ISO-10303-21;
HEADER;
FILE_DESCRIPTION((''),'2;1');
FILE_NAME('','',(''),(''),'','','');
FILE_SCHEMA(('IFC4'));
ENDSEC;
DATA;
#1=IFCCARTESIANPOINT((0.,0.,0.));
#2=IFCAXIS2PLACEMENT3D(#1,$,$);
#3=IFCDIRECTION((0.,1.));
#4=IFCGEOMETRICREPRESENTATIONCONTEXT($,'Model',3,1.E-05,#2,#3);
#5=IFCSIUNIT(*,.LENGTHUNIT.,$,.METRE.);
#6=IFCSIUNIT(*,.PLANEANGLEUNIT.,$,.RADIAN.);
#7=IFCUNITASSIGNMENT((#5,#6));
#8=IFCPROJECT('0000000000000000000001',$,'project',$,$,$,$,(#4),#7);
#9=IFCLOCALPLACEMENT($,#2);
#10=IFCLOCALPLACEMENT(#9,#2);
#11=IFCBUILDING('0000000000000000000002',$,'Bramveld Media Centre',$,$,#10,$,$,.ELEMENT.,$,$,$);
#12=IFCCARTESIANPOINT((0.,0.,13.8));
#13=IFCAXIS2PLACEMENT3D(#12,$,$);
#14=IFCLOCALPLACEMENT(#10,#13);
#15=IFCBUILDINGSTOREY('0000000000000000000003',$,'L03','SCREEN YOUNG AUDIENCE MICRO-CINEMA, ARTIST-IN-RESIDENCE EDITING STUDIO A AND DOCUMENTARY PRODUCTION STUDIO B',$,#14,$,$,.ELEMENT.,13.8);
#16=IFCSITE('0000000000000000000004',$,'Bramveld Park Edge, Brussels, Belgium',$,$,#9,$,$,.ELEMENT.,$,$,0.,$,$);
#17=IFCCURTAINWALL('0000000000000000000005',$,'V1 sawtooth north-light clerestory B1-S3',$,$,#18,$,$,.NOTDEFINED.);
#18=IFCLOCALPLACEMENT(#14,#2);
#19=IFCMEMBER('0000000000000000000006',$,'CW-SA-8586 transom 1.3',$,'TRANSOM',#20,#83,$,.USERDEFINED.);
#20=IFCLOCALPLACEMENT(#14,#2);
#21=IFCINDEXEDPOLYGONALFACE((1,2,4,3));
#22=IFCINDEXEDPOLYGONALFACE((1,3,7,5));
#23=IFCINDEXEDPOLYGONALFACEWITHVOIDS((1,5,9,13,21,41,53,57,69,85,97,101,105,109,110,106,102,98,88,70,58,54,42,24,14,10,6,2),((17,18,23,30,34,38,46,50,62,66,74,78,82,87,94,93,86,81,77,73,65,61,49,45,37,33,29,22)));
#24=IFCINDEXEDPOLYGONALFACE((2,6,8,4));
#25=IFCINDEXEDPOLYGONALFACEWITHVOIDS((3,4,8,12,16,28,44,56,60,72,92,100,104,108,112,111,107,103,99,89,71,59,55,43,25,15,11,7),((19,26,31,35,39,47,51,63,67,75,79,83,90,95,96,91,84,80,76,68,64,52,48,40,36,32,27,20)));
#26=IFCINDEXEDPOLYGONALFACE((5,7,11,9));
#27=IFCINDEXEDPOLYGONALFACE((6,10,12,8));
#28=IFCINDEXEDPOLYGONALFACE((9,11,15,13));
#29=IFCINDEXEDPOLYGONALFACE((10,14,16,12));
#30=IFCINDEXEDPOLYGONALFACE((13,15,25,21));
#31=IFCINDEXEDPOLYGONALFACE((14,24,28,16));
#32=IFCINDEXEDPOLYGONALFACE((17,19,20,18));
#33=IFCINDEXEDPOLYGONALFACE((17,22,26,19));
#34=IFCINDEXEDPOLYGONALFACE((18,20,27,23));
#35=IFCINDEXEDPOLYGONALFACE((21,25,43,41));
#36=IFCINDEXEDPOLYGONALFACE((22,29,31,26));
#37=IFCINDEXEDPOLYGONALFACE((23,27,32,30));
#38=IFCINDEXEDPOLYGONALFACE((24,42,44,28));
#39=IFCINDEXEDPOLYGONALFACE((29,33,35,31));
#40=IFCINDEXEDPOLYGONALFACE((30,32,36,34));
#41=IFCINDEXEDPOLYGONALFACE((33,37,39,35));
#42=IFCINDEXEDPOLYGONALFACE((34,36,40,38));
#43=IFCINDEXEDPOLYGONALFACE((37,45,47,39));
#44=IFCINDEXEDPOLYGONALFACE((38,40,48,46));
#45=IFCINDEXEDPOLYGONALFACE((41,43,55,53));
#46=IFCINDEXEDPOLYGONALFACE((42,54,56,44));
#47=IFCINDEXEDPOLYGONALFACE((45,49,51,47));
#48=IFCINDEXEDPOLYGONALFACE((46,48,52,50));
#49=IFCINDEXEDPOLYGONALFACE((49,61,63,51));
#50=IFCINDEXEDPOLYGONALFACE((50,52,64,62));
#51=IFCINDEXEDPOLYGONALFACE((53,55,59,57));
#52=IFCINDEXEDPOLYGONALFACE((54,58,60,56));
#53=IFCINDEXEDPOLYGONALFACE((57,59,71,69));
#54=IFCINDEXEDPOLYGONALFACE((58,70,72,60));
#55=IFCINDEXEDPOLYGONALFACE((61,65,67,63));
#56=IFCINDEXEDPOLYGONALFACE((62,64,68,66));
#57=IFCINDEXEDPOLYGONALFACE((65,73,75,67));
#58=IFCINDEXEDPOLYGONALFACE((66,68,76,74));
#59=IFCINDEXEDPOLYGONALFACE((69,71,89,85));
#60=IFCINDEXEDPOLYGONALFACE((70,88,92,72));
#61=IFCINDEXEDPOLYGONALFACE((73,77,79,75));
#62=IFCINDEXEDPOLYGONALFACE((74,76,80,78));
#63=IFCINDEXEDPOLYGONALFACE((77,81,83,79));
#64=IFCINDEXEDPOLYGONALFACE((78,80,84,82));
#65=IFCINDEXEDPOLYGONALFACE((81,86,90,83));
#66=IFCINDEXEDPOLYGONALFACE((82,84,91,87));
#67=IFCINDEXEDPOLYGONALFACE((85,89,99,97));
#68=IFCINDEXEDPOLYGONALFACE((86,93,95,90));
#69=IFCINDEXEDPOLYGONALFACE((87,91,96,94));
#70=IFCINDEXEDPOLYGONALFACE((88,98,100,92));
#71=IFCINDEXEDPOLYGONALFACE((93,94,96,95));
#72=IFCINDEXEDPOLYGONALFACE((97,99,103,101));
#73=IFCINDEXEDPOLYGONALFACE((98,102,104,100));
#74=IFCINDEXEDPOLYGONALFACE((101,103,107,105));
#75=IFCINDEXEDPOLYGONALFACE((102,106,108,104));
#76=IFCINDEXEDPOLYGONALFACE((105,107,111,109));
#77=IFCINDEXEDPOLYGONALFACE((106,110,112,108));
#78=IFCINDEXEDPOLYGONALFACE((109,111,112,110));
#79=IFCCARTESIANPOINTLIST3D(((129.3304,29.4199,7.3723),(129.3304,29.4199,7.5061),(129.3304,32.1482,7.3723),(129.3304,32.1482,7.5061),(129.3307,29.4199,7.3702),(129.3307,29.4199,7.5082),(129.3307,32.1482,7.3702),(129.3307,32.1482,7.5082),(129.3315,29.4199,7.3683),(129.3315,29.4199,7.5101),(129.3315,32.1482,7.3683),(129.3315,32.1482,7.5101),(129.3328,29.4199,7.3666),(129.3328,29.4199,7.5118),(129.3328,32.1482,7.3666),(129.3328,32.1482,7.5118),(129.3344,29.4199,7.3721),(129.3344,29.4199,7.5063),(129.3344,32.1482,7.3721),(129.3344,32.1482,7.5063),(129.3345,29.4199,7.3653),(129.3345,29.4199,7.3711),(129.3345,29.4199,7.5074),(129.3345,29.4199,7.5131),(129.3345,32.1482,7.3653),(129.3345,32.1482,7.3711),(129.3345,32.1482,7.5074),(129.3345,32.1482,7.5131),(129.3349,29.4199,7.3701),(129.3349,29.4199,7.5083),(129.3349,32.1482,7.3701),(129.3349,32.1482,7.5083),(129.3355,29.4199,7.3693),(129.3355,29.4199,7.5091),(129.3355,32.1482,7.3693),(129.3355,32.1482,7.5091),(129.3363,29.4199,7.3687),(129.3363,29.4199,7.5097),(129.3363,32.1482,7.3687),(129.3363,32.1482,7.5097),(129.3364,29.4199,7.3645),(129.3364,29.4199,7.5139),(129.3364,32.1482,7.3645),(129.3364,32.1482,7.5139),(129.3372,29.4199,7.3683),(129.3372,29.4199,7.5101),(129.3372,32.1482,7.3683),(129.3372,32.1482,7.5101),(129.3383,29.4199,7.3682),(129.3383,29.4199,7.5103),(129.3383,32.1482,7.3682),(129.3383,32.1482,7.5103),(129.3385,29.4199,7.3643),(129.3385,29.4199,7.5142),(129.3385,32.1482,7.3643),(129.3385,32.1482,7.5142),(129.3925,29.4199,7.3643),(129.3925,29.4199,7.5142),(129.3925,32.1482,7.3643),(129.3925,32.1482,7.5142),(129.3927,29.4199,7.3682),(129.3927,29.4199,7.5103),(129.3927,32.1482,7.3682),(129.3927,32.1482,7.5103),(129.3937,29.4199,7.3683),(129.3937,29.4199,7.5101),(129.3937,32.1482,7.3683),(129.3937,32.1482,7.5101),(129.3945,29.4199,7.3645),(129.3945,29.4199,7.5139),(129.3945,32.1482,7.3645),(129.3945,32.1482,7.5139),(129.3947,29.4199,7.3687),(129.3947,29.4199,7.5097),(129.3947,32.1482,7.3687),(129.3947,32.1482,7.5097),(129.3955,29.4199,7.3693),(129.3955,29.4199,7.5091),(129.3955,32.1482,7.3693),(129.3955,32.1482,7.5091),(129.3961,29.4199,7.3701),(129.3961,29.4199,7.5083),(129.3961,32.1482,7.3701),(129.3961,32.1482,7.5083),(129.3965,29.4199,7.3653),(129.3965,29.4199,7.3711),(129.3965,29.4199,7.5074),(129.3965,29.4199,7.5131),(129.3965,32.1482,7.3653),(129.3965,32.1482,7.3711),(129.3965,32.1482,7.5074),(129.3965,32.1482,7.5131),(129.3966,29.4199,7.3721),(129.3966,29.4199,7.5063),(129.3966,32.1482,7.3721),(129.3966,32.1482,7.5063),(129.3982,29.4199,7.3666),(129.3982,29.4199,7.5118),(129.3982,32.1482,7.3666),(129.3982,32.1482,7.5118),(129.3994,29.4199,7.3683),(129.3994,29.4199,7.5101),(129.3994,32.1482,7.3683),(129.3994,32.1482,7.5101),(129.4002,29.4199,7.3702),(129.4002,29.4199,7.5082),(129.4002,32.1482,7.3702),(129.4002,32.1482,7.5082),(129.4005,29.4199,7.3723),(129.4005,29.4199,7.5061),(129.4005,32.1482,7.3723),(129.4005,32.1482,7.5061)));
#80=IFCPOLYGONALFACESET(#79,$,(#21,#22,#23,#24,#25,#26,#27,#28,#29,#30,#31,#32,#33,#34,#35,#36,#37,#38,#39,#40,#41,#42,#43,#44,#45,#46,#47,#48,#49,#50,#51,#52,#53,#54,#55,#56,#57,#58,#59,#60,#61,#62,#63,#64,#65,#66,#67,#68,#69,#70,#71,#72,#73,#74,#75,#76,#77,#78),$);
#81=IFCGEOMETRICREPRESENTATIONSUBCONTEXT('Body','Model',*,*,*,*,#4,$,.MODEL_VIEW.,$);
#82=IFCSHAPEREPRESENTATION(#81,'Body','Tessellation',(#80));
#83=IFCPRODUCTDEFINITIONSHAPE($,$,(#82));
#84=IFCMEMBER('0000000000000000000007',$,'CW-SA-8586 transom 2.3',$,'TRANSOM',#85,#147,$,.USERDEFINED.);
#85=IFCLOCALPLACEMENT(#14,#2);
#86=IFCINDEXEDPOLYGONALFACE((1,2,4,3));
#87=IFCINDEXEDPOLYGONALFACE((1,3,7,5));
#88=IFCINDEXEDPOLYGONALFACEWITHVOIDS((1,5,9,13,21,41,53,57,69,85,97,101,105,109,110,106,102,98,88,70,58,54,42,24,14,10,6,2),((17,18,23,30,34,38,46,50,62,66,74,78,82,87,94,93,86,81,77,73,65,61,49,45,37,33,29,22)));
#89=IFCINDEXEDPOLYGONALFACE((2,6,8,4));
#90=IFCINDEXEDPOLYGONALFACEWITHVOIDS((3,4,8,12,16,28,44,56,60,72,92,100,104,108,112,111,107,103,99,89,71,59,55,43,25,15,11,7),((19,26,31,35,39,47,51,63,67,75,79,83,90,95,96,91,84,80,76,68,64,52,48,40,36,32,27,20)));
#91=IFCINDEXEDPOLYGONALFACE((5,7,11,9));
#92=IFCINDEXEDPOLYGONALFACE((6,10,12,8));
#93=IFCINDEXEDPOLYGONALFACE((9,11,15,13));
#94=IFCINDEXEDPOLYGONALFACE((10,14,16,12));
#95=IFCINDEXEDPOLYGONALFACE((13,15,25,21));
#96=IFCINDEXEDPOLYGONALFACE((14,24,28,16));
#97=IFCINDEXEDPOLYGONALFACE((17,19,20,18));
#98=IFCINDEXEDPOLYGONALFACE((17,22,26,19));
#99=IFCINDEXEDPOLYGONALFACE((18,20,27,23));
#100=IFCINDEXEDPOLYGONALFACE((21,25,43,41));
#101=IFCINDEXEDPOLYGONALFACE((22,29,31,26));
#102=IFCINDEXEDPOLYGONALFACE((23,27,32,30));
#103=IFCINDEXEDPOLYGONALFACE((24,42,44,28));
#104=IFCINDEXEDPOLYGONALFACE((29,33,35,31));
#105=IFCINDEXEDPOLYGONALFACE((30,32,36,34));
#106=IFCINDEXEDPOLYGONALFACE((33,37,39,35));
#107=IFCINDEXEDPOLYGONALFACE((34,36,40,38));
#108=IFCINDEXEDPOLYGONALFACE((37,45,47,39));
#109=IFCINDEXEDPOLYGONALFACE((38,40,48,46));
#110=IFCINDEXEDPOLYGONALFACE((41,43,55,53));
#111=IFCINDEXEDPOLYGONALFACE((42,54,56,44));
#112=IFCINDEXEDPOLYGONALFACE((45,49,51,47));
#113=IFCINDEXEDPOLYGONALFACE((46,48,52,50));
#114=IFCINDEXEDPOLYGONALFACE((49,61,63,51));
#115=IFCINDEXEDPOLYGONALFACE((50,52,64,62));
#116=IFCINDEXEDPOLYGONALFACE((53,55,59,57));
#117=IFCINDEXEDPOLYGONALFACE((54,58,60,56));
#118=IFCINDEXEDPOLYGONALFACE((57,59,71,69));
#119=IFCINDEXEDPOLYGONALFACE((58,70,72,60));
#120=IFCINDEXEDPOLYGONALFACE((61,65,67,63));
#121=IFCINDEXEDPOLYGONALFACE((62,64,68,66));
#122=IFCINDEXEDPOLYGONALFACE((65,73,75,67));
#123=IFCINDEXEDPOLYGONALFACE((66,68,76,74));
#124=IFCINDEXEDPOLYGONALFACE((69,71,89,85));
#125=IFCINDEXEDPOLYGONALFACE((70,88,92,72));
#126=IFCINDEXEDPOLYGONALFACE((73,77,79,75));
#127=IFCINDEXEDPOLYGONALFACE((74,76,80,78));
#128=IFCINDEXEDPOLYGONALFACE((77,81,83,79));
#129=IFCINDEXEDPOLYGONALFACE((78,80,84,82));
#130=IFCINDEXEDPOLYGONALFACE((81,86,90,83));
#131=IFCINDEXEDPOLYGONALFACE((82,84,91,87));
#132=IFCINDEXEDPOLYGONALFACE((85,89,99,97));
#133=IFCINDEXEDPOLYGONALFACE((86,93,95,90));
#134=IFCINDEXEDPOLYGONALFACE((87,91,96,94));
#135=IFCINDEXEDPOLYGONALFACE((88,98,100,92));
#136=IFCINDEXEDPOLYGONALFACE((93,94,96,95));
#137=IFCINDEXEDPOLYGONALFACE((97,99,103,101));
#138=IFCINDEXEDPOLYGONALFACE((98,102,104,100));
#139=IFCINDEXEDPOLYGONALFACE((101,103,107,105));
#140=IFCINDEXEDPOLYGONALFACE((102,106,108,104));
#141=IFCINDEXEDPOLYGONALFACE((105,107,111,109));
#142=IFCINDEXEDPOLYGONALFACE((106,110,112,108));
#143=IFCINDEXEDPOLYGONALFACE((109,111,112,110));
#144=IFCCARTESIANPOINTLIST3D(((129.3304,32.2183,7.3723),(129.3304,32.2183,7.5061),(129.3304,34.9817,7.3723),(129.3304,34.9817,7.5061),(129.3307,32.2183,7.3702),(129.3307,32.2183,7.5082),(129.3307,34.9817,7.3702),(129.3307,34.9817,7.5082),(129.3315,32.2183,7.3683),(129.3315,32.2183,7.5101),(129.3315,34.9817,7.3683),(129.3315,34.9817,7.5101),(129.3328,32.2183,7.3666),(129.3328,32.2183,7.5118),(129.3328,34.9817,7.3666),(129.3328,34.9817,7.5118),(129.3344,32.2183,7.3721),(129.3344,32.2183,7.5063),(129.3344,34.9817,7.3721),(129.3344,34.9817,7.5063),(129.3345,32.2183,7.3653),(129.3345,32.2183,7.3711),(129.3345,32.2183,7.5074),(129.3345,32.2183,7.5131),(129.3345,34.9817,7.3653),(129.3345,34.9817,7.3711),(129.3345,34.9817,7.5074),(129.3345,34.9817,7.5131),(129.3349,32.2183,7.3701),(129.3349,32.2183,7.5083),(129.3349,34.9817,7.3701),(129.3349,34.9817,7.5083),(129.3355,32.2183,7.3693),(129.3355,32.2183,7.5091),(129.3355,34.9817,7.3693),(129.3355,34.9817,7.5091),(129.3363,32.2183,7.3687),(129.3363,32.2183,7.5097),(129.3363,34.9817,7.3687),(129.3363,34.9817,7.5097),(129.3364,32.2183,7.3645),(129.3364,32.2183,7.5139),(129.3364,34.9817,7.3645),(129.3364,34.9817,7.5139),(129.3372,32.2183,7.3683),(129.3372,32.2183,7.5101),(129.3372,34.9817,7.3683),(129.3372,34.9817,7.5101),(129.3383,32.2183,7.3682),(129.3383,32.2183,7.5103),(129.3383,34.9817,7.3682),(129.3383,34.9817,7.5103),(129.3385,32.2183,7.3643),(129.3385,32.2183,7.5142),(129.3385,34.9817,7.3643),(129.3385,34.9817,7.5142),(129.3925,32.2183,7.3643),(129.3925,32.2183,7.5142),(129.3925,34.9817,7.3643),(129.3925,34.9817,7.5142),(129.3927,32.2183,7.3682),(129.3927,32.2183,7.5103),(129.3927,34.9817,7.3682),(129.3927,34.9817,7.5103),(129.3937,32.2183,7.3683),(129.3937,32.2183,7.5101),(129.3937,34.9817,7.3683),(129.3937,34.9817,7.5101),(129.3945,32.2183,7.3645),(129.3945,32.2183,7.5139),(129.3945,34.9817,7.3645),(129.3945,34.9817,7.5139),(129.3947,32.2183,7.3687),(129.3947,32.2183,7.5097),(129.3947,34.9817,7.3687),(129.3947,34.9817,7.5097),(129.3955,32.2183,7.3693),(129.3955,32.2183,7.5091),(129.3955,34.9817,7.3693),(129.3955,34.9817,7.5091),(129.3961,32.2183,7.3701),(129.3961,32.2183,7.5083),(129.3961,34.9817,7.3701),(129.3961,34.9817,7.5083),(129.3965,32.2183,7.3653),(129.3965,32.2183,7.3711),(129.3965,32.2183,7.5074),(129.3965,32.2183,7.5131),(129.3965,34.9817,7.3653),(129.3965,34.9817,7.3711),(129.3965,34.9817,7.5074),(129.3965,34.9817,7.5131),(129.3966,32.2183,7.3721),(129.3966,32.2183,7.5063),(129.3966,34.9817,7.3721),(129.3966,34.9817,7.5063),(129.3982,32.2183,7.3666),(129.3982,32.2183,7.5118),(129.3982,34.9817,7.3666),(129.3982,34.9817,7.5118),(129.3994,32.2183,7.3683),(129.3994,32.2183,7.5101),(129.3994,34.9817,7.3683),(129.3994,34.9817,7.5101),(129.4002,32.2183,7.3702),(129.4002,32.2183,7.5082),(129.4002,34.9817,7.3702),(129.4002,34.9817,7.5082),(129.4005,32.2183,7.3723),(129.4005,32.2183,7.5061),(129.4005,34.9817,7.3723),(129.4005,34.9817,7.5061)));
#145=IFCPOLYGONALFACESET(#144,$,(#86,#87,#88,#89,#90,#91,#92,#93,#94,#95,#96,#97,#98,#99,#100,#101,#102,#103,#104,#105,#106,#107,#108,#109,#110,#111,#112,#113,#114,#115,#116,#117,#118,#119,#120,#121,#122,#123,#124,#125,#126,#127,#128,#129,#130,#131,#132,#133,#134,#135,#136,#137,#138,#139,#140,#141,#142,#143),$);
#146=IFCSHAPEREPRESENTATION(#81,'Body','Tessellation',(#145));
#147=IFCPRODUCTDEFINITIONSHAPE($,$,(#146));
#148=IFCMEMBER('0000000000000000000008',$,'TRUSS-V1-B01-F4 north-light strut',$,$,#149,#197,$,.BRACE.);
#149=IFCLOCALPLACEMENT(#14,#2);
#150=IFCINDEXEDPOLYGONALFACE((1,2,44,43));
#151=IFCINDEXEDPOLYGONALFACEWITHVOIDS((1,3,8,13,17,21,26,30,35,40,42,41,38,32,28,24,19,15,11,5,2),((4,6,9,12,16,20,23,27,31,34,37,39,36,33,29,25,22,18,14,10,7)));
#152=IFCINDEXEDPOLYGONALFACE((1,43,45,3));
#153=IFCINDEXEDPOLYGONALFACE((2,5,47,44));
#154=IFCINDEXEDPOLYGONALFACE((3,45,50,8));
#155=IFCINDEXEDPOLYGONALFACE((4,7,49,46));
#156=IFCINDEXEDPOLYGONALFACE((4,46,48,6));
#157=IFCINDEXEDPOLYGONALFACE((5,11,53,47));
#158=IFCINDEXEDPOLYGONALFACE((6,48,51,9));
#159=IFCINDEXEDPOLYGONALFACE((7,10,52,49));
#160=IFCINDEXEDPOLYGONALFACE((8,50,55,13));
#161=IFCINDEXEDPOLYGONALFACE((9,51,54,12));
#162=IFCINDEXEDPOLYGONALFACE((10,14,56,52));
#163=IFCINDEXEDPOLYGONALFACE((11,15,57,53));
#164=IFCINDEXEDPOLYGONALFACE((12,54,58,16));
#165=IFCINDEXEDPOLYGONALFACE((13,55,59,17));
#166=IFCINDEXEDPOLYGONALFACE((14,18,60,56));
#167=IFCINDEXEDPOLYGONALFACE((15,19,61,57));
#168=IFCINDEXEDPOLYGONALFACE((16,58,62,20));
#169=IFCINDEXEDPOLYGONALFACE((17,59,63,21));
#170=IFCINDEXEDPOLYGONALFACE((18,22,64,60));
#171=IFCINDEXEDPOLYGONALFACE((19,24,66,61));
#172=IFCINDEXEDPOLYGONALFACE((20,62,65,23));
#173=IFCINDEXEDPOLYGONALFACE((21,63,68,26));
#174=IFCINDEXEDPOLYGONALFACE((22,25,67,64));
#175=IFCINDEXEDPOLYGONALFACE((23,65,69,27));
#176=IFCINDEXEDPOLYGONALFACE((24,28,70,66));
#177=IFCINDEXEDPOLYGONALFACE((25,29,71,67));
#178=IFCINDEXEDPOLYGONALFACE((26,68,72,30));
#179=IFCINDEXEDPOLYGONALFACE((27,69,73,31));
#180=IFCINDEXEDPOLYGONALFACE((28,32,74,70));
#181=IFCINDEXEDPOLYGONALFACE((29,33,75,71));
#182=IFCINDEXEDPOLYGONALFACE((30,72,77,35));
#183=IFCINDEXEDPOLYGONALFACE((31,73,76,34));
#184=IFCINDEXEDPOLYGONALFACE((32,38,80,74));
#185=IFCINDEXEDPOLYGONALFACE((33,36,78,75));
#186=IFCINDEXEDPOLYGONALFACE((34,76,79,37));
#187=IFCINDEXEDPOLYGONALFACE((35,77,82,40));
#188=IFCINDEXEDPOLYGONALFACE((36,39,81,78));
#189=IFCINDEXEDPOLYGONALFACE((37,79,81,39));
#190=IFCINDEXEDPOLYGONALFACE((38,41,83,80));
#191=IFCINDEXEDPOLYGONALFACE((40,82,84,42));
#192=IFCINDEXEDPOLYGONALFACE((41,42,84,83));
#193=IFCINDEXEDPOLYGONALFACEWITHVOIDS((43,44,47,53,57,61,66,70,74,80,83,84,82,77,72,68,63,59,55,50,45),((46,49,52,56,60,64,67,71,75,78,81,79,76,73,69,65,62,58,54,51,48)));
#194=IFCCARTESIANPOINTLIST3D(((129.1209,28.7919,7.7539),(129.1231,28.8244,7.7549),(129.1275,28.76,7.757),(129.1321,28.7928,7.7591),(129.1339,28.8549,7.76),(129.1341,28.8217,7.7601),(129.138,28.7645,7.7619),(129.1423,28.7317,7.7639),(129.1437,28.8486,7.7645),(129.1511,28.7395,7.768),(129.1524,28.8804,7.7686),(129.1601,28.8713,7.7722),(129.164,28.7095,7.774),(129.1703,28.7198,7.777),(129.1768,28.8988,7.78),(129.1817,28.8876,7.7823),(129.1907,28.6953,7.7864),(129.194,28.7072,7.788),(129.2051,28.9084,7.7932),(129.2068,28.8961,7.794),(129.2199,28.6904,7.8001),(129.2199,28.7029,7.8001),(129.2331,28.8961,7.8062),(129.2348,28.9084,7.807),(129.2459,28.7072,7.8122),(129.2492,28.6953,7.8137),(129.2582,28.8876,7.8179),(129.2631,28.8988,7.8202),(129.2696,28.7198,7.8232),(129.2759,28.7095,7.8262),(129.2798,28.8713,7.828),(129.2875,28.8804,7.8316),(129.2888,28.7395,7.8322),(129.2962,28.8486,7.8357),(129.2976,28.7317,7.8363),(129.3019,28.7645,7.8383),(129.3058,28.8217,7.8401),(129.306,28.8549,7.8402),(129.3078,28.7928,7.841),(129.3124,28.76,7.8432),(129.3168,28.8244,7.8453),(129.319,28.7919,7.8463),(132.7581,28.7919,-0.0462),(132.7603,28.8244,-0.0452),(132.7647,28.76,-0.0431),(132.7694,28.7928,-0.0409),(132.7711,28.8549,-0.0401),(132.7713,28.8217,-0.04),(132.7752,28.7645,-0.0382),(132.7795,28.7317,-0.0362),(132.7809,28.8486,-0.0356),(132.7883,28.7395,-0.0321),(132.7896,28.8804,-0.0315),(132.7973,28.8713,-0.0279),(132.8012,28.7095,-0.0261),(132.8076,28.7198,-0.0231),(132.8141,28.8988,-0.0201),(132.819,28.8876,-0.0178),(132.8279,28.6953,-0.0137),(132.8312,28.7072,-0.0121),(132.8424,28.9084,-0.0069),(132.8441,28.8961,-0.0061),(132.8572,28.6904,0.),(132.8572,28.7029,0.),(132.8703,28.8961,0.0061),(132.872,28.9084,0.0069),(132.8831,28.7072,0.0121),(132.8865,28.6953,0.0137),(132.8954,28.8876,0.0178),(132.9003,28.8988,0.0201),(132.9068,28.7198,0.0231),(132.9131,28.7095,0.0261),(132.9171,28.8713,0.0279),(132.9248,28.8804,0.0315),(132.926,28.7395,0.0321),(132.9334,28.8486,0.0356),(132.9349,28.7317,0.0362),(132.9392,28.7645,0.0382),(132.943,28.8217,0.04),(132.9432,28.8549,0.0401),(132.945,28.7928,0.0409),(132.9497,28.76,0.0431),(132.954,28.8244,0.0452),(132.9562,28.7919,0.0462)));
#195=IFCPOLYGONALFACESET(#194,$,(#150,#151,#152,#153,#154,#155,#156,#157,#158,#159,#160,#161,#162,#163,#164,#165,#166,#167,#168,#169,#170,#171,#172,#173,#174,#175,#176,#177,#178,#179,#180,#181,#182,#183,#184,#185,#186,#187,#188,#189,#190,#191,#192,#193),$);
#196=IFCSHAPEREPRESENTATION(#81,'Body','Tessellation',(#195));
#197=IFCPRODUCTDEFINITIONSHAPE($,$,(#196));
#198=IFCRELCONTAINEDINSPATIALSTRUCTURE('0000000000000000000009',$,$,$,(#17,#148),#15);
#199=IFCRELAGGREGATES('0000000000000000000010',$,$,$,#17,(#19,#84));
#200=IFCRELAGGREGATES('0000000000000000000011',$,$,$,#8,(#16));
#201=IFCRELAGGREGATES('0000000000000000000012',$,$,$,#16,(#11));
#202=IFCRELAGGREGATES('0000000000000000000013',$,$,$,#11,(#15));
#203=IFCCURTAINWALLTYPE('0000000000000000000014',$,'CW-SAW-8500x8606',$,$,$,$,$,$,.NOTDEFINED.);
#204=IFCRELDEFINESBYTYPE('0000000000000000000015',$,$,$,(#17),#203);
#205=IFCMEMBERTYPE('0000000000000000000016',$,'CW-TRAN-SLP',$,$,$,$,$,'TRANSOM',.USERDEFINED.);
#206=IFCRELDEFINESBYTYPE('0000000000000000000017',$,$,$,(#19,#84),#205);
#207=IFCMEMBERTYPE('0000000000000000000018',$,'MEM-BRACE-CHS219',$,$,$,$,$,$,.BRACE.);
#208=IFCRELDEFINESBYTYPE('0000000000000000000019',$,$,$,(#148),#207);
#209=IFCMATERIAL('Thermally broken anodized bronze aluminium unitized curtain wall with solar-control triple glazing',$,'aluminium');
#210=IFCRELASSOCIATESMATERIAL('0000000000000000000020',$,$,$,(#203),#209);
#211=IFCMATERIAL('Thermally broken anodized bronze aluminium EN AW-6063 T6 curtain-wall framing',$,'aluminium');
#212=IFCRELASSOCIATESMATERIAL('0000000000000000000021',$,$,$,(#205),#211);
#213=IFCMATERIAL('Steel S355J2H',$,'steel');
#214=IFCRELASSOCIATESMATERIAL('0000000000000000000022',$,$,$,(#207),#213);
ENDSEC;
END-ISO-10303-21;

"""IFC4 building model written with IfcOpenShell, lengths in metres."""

from ifc_helpers import new_model, si_unit, direction, frame, origin, origin_2d, place, context, subcontext, project, spatial, hollow_rectangle, hollow_circle, extrude, material, material_profile, profile_set, type_object, element, aggregate, save


model = new_model("IFC4")

# Units and contexts
model_context = context("Model", 3, precision=1e-05, world=origin(), true_north=direction((0.0, 1.0)))
body_context = subcontext(model_context, "Body", "Model", "MODEL_VIEW")
ifc_project = project(units=[si_unit("LENGTHUNIT", "METRE"), si_unit("PLANEANGLEUNIT", "RADIAN")], contexts=[model_context])

# Site, building, storey
site_placement = place(None, origin())
site = spatial("IfcSite", under=ifc_project, at=site_placement, Name="Bramveld Park Edge, Brussels, Belgium", CompositionType="ELEMENT", RefElevation=0.0)
building_placement = place(site_placement, origin())
building = spatial("IfcBuilding", under=site, at=building_placement, Name="Bramveld Media Centre", CompositionType="ELEMENT")
storey_placement = place(building_placement, frame((0.0, 0.0, 13.8)))
storey = spatial("IfcBuildingStorey", under=building, at=storey_placement, Name="L03", Description="SCREEN YOUNG AUDIENCE MICRO-CINEMA, ARTIST-IN-RESIDENCE EDITING STUDIO A AND DOCUMENTARY PRODUCTION STUDIO B", CompositionType="ELEMENT", Elevation=13.8)

# Curtain wall
ifc_material_1 = material(Name="Thermally broken anodized bronze aluminium unitized curtain wall with solar-control triple glazing", Category="aluminium")
curtain_wall_type_1 = type_object("IfcCurtainWallType", Name="CW-SAW-8500x8606", PredefinedType="NOTDEFINED", material=ifc_material_1)
curtain_wall_1_placement = place(storey_placement, origin())
curtain_wall_1 = element("IfcCurtainWall", 1, at=curtain_wall_1_placement, inside=storey, type_object=curtain_wall_type_1, Name="V1 sawtooth north-light clerestory B1-S3", PredefinedType="NOTDEFINED")

# Members
ifc_material_2 = material(Name="Thermally broken anodized bronze aluminium EN AW-6063 T6 curtain-wall framing", Category="aluminium")
ifc_material_profile_1 = material_profile(ifc_material_2, hollow_rectangle(XDim=0.0701, YDim=0.1499, WallThickness=0.0039, InnerFilletRadius=0.0039, OuterFilletRadius=0.0081, at=origin_2d()), Name="AL-TRAN 70x150")
ifc_profile_set_1 = profile_set([ifc_material_profile_1], Name="Thermally broken anodized bronze aluminium EN AW-6063 T6 curtain-wall framing")
member_type_1 = type_object("IfcMemberType", Name="CW-TRAN-SLP", ElementType="TRANSOM", PredefinedType="USERDEFINED", material=ifc_profile_set_1)
member_1_placement = place(storey_placement, frame((129.3655, 29.4199, 7.4392), z_axis=(0.0, 1.0, 0.0), x_axis=(-1.0, 0.0, 0.0)))
member_1 = element("IfcMember", 2, at=member_1_placement, type_object=member_type_1, Name="CW-SA-8586 transom 1.3", ObjectType="TRANSOM", PredefinedType="USERDEFINED", context=body_context, shape_type="SweptSolid", body=[
    extrude(hollow_rectangle(XDim=0.0701, YDim=0.1499, WallThickness=0.0039, InnerFilletRadius=0.0039, OuterFilletRadius=0.0081, at=origin_2d()), origin(), (0.0, 0.0, 1.0), 2.7283),
])
member_2_placement = place(storey_placement, frame((129.3655, 32.2183, 7.4392), z_axis=(0.0, 1.0, 0.0), x_axis=(-1.0, 0.0, 0.0)))
member_2 = element("IfcMember", 3, at=member_2_placement, type_object=member_type_1, Name="CW-SA-8586 transom 2.3", ObjectType="TRANSOM", PredefinedType="USERDEFINED", context=body_context, shape_type="SweptSolid", body=[
    extrude(hollow_rectangle(XDim=0.0701, YDim=0.1499, WallThickness=0.0039, InnerFilletRadius=0.0039, OuterFilletRadius=0.0081, at=origin_2d()), origin(), (0.0, 0.0, 1.0), 2.7634),
])

# Member
ifc_material_3 = material(Name="Steel S355J2H", Category="steel")
ifc_material_profile_2 = material_profile(ifc_material_3, hollow_circle(Radius=0.1096, WallThickness=0.0125, at=origin_2d()), Name="CHS 219.1x12.5")
ifc_profile_set_2 = profile_set([ifc_material_profile_2], Name="Steel S355J2H")
member_type_2 = type_object("IfcMemberType", Name="MEM-BRACE-CHS219", PredefinedType="BRACE", material=ifc_profile_set_2)
member_3_placement = place(storey_placement, frame((132.8572, 28.8, 0.0), z_axis=(-0.422617, 0.0, 0.906308), x_axis=(0.0, -1.0, 0.0)))
element("IfcMember", 4, at=member_3_placement, inside=storey, type_object=member_type_2, Name="TRUSS-V1-B01-F4 north-light strut", PredefinedType="BRACE", context=body_context, shape_type="SweptSolid", body=[
    extrude(hollow_circle(Radius=0.1096, WallThickness=0.0125, at=origin_2d()), origin(), (0.0, 0.0, 1.0), 8.6064),
])

aggregate(curtain_wall_1, [member_1, member_2])

save(model, "model.ifc")
